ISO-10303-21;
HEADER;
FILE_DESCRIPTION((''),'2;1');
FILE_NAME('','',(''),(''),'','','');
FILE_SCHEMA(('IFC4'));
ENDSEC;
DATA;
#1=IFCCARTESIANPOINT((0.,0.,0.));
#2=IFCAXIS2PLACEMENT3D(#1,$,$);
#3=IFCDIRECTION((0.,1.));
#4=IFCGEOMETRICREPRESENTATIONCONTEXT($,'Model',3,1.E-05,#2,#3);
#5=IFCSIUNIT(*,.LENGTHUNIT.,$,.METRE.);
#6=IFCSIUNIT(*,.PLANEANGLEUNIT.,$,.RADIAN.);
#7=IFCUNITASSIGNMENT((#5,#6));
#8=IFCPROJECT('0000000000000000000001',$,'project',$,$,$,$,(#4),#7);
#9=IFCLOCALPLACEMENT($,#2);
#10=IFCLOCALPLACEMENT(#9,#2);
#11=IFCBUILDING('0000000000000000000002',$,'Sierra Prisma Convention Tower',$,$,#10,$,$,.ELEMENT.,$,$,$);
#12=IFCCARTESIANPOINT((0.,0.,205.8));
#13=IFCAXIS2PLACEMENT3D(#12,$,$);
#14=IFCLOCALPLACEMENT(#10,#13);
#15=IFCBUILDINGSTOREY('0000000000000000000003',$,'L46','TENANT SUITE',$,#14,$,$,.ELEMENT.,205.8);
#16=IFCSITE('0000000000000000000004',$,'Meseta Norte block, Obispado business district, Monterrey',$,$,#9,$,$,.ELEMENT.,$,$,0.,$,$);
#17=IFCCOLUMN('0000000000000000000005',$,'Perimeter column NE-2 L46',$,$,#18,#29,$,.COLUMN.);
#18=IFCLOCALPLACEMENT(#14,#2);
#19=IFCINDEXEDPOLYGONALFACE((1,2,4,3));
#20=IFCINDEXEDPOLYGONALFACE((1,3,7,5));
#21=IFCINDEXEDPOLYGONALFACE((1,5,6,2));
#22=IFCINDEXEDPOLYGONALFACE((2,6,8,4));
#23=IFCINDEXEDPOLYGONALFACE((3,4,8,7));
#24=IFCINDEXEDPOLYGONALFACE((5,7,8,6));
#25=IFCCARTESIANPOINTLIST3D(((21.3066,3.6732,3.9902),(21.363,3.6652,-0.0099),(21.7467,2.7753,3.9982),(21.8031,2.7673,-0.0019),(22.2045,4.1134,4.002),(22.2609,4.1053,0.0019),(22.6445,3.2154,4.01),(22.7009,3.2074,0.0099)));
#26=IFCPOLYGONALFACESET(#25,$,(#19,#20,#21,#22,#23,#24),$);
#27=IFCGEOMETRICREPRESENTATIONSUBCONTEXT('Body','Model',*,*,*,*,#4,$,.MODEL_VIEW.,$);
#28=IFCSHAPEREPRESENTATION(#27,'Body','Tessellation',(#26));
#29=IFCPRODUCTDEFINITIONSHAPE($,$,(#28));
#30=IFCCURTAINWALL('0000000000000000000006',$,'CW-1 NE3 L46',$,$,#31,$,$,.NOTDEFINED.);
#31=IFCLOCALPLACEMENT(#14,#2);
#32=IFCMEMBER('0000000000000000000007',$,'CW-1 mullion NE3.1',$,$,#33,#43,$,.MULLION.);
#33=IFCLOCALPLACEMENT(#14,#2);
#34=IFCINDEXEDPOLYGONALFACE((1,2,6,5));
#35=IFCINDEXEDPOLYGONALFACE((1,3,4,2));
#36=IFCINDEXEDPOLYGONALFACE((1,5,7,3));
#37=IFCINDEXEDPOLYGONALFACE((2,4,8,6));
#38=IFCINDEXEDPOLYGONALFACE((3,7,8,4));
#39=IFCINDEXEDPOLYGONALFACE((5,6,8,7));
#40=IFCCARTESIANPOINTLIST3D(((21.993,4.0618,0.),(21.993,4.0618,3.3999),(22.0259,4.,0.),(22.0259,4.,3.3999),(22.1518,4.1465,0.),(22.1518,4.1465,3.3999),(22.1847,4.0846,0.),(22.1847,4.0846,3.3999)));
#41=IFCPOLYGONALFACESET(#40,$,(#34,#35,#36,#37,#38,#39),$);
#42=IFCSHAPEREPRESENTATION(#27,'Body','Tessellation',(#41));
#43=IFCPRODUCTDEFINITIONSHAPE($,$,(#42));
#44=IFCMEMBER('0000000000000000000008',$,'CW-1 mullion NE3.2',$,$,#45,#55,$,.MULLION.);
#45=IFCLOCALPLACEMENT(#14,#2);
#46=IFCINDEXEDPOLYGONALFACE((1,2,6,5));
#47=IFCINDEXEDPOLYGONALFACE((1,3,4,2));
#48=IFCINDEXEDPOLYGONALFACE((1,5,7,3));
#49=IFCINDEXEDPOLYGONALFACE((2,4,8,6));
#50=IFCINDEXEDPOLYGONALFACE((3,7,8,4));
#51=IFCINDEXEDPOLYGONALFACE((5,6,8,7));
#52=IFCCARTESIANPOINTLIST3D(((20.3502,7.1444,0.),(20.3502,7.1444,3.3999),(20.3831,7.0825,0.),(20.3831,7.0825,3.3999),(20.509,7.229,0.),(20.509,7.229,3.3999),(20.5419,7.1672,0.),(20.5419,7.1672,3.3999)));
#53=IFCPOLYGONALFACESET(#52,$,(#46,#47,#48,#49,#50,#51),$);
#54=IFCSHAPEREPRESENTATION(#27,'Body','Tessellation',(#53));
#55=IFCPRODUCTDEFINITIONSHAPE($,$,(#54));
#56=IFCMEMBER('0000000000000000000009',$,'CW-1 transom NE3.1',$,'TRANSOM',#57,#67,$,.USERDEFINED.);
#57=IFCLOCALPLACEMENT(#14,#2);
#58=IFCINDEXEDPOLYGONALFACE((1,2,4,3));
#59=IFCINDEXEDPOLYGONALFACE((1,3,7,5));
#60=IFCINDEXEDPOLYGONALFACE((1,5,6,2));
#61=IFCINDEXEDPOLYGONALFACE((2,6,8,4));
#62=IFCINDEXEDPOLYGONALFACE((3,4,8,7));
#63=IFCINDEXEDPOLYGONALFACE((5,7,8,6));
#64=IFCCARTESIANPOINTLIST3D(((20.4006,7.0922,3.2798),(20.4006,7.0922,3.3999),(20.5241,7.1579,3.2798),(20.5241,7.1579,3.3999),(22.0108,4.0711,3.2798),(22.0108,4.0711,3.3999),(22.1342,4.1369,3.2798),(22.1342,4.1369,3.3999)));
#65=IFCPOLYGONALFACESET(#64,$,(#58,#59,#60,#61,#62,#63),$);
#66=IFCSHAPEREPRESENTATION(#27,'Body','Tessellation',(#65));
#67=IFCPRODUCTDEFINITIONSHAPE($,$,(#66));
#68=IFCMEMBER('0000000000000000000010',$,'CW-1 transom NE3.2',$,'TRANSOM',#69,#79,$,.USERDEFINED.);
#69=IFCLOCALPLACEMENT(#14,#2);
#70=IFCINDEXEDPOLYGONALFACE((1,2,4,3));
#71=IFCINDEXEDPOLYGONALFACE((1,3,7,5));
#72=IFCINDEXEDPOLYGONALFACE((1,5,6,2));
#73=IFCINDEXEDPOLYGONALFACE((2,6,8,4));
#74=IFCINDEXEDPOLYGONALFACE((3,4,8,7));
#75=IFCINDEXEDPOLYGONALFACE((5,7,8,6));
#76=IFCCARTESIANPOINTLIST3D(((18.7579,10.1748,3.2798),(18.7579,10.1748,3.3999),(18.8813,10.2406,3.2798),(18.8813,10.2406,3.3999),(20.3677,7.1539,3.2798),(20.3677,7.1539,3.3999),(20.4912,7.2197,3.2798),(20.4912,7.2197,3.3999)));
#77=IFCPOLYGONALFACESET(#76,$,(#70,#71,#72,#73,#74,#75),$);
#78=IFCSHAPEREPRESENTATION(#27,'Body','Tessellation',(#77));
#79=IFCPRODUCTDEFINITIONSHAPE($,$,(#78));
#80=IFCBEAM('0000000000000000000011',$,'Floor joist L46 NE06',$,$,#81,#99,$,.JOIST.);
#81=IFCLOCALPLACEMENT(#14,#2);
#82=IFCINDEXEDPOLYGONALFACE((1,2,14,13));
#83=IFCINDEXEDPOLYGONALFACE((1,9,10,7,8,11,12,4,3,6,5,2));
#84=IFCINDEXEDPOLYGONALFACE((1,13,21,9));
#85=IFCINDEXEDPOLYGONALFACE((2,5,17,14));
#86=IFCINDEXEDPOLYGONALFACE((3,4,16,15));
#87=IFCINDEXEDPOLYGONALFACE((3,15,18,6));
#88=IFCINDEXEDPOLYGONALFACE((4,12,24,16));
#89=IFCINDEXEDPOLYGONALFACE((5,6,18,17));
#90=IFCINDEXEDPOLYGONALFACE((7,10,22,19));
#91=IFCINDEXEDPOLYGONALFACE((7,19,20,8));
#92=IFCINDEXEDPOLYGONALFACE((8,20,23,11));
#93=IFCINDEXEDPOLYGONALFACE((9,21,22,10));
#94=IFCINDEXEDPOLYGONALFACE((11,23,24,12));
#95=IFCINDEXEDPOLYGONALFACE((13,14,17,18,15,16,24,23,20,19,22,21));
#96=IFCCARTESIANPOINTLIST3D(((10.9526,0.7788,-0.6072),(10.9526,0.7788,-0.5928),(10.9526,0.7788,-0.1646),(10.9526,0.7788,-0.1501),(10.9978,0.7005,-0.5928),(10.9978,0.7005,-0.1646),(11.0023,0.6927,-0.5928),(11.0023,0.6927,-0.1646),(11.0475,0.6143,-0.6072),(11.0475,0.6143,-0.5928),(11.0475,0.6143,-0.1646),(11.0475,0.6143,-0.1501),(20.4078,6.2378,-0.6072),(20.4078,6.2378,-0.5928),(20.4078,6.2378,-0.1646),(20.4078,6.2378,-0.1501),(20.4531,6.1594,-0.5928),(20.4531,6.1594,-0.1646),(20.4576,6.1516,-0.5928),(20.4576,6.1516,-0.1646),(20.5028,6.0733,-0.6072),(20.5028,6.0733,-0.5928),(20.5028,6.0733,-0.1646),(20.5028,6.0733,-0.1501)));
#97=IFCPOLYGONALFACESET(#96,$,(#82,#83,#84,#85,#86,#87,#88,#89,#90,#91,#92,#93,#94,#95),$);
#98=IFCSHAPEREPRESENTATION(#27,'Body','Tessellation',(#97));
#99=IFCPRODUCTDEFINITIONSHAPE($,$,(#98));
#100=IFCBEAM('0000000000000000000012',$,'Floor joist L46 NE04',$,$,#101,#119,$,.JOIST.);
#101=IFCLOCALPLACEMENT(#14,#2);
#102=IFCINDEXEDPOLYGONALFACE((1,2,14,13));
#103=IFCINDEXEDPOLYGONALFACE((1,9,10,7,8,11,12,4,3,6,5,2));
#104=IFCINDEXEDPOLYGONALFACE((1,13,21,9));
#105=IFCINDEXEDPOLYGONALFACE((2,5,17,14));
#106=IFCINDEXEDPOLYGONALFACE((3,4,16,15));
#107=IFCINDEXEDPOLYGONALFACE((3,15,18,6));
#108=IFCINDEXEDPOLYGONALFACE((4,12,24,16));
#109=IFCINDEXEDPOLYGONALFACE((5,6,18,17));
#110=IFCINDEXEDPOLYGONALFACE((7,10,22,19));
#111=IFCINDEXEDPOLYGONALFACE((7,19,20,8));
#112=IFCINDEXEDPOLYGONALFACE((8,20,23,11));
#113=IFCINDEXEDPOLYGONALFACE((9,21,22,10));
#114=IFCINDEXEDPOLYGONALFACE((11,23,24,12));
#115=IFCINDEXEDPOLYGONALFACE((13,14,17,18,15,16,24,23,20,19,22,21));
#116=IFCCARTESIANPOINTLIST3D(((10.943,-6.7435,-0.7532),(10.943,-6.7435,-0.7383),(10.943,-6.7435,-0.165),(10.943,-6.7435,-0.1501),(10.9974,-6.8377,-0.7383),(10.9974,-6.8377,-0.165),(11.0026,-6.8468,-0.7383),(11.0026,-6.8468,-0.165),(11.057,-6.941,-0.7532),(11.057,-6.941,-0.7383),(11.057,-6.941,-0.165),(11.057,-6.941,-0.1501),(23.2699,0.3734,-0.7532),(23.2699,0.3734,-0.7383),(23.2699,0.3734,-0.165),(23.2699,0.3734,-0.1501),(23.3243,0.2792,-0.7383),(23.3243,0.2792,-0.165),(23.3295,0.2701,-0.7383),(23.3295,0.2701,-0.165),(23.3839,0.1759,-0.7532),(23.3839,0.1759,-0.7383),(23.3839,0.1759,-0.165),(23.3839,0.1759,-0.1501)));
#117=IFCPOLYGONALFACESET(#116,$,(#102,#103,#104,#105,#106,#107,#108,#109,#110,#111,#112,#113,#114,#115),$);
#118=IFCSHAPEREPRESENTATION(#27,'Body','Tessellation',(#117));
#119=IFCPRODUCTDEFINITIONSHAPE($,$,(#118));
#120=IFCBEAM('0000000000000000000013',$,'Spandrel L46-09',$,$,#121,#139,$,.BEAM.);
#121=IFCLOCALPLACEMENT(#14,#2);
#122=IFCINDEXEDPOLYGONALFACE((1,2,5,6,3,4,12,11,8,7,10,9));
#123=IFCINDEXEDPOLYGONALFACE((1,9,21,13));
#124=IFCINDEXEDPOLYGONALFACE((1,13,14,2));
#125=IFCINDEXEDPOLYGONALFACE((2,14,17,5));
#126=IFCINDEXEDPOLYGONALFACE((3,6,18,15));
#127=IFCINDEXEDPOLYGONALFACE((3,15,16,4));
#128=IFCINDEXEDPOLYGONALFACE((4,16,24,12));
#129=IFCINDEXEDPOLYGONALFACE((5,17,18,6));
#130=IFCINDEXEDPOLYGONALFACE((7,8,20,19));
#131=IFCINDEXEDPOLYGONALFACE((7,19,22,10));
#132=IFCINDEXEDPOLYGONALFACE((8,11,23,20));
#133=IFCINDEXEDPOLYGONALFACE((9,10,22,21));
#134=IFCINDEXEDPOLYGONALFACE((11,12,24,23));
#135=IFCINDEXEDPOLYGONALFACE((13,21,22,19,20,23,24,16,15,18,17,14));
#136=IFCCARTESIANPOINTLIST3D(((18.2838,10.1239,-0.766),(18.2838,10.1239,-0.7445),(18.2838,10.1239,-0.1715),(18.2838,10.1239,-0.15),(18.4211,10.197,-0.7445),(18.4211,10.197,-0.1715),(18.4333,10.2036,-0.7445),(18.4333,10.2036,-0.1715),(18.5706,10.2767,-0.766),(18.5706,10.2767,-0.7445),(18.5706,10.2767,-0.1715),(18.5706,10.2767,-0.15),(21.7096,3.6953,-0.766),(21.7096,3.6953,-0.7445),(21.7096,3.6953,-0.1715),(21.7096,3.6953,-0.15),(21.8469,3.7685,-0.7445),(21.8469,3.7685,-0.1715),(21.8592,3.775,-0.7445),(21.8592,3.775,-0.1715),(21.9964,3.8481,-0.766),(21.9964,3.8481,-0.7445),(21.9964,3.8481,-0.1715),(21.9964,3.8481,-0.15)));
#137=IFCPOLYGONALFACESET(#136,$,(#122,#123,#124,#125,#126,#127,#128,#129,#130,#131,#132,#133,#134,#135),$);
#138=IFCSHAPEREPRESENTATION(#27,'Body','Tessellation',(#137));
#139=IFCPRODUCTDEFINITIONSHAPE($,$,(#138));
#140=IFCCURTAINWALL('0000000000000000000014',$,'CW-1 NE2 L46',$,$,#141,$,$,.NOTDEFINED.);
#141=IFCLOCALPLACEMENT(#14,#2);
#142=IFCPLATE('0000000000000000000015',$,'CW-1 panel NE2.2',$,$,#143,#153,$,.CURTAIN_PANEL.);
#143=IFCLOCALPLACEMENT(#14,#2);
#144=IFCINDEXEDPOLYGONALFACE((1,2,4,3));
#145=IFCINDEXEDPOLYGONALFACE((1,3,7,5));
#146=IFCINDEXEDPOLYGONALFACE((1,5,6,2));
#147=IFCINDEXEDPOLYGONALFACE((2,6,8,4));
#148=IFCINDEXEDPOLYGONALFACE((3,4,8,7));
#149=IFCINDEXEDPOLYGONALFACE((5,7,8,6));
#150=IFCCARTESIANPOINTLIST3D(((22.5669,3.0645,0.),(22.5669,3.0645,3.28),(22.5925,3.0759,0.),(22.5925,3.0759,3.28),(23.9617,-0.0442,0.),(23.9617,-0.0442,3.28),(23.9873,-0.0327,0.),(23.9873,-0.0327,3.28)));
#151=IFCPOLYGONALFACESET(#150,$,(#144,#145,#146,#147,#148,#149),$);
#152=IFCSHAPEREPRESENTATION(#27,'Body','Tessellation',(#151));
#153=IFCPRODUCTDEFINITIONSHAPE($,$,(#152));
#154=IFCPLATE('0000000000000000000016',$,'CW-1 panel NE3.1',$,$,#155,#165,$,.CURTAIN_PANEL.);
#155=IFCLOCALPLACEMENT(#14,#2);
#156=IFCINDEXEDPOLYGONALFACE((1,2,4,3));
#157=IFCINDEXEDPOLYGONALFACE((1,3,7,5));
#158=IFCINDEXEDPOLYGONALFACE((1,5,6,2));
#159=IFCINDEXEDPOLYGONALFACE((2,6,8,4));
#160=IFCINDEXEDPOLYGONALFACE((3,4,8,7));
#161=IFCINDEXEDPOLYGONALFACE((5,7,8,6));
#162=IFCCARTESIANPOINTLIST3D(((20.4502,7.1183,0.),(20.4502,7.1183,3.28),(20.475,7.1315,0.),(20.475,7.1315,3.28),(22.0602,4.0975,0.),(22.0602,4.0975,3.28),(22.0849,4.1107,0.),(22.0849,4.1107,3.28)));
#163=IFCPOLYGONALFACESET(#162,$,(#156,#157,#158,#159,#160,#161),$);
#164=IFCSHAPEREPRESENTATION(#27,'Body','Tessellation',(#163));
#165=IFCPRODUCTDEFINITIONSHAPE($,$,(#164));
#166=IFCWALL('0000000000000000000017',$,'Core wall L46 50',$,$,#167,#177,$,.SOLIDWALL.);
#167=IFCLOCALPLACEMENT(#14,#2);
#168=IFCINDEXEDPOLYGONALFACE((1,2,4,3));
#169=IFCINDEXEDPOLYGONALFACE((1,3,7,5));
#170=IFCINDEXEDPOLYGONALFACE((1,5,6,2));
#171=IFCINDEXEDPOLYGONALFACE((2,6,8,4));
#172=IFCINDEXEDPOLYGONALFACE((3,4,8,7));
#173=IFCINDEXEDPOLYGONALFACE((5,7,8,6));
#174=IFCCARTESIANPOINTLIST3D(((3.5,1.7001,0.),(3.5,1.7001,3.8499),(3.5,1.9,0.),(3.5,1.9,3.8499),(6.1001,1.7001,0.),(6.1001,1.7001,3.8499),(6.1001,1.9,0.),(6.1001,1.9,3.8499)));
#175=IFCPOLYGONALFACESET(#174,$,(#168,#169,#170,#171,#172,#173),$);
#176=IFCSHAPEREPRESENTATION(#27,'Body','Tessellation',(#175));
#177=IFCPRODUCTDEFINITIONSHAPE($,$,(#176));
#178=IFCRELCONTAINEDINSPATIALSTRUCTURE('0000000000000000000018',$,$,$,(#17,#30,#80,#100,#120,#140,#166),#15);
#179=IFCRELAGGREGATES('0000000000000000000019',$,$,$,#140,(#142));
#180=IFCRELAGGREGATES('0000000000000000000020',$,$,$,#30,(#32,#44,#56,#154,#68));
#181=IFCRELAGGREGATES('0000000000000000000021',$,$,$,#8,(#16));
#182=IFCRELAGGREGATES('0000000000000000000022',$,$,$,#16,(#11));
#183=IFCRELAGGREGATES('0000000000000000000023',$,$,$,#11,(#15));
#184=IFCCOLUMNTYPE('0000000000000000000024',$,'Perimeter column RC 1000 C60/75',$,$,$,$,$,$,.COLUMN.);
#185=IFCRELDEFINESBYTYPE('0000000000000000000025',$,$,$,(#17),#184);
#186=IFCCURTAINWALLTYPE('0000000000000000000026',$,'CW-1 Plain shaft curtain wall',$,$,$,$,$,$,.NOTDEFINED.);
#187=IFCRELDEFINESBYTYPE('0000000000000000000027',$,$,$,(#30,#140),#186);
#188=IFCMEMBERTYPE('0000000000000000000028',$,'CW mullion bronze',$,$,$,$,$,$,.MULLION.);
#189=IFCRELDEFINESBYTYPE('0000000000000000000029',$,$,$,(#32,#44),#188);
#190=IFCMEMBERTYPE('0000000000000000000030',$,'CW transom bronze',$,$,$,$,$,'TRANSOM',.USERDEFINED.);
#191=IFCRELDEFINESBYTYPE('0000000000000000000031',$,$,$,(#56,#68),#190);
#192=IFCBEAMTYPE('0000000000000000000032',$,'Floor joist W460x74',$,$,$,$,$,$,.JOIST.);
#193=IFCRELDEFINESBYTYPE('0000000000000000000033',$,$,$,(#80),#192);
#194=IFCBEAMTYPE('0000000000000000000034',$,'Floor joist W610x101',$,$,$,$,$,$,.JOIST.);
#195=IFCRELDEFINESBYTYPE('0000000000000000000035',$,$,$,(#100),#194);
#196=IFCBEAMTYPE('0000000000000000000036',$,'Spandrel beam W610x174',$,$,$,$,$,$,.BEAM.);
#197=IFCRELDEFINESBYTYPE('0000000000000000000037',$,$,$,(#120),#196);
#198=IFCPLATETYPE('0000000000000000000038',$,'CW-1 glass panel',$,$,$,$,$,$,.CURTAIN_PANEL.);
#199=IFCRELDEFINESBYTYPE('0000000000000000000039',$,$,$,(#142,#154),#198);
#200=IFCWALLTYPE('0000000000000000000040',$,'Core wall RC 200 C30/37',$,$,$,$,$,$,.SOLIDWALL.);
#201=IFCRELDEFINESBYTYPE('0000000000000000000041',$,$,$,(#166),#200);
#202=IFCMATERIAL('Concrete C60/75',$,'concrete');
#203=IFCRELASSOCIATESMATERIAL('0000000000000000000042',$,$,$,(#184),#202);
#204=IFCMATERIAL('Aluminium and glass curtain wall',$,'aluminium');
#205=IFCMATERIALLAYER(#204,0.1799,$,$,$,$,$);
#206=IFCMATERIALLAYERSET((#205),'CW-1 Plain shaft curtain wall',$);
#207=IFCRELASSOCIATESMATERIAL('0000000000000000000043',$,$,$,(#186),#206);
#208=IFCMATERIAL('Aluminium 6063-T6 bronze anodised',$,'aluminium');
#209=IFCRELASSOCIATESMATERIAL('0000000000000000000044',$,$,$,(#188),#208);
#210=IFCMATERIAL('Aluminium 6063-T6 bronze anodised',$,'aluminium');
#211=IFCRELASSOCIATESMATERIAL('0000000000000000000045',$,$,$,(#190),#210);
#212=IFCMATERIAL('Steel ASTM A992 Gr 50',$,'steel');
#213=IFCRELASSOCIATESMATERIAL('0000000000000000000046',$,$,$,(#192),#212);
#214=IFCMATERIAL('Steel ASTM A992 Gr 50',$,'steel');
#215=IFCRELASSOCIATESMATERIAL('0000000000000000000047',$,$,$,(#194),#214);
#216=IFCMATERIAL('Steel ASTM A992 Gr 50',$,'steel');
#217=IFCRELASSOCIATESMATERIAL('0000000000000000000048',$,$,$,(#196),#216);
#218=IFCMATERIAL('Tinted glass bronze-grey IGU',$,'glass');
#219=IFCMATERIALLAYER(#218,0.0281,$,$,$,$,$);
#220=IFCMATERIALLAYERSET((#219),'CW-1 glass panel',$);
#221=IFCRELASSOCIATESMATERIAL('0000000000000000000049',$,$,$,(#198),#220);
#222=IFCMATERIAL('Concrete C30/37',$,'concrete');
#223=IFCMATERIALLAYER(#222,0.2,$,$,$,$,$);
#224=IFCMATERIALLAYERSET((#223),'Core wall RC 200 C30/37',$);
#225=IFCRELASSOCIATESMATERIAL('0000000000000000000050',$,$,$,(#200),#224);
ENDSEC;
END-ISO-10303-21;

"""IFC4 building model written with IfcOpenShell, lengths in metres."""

from ifc_helpers import new_model, si_unit, direction, frame, frame_2d, origin, origin_2d, place, context, subcontext, project, spatial, rectangle, i_section, extrude, material, layer, layer_set, material_profile, profile_set, type_object, element, aggregate, save


model = new_model("IFC4")

# Units and contexts
model_context = context("Model", 3, precision=1e-05, world=origin(), true_north=direction((0.0, 1.0)))
body_context = subcontext(model_context, "Body", "Model", "MODEL_VIEW")
ifc_project = project(units=[si_unit("LENGTHUNIT", "METRE"), si_unit("PLANEANGLEUNIT", "RADIAN")], contexts=[model_context])

# Site, building, storey
site_placement = place(None, origin())
site = spatial("IfcSite", under=ifc_project, at=site_placement, Name="Meseta Norte block, Obispado business district, Monterrey", CompositionType="ELEMENT", RefElevation=0.0)
building_placement = place(site_placement, origin())
building = spatial("IfcBuilding", under=site, at=building_placement, Name="Sierra Prisma Convention Tower", CompositionType="ELEMENT")
storey_placement = place(building_placement, frame((0.0, 0.0, 205.8)))
storey = spatial("IfcBuildingStorey", under=building, at=storey_placement, Name="L46", Description="TENANT SUITE", CompositionType="ELEMENT", Elevation=205.8)

# Column
ifc_material_1 = material(Name="Concrete C60/75", Category="concrete")
ifc_material_profile_1 = material_profile(ifc_material_1, rectangle(XDim=1.0, YDim=1.0, at=origin_2d()), Name="Perimeter column RC 1000 C60/75")
ifc_profile_set_1 = profile_set([ifc_material_profile_1], Name="Concrete C60/75")
column_type = type_object("IfcColumnType", Name="Perimeter column RC 1000 C60/75", PredefinedType="COLUMN", material=ifc_profile_set_1)
column_placement = place(storey_placement, frame((22.032, 3.4363, 0.0), z_axis=(-0.014098, 0.002014, 0.999899), x_axis=(-0.440047, 0.897939, -0.008013)))
element("IfcColumn", 1, at=column_placement, inside=storey, type_object=column_type, Name="Perimeter column NE-2 L46", PredefinedType="COLUMN", context=body_context, shape_type="SweptSolid", body=[
    extrude(rectangle(XDim=1.0, YDim=1.0, at=origin_2d()), origin(), (0.0, 0.0, 1.0), 4.0005),
])

# Curtain wall, members
ifc_material_2 = material(Name="Aluminium and glass curtain wall", Category="aluminium")
ifc_layer_1 = layer(ifc_material_2, 0.1799)
ifc_layer_set_1 = layer_set([ifc_layer_1], Name="CW-1 Plain shaft curtain wall")
curtain_wall_type = type_object("IfcCurtainWallType", Name="CW-1 Plain shaft curtain wall", PredefinedType="NOTDEFINED", material=ifc_layer_set_1)
curtain_wall_1_placement = place(storey_placement, origin())
curtain_wall_1 = element("IfcCurtainWall", 2, at=curtain_wall_1_placement, inside=storey, type_object=curtain_wall_type, Name="CW-1 NE3 L46", PredefinedType="NOTDEFINED")
ifc_material_3 = material(Name="Aluminium 6063-T6 bronze anodised", Category="aluminium")
ifc_material_profile_2 = material_profile(ifc_material_3, rectangle(XDim=0.1799, YDim=0.0701, at=origin_2d()), Name="ALU MULLION 70x180")
ifc_profile_set_2 = profile_set([ifc_material_profile_2], Name="Aluminium 6063-T6 bronze anodised")
member_type_1 = type_object("IfcMemberType", Name="CW mullion bronze", PredefinedType="MULLION", material=ifc_profile_set_2)
member_1_placement = place(storey_placement, frame((22.0889, 4.0732, 0.0), z_axis=(0.0, 0.0, 1.0), x_axis=(-0.882498, -0.470316, 0.0)))
member_1 = element("IfcMember", 3, at=member_1_placement, type_object=member_type_1, Name="CW-1 mullion NE3.1", PredefinedType="MULLION", context=body_context, shape_type="SweptSolid", body=[
    extrude(rectangle(XDim=0.1799, YDim=0.0701, at=origin_2d()), origin(), (0.0, 0.0, 1.0), 3.3999),
])
member_2_placement = place(storey_placement, frame((20.446, 7.1558, 0.0), z_axis=(0.0, 0.0, 1.0), x_axis=(-0.882498, -0.470316, 0.0)))
member_2 = element("IfcMember", 4, at=member_2_placement, type_object=member_type_1, Name="CW-1 mullion NE3.2", PredefinedType="MULLION", context=body_context, shape_type="SweptSolid", body=[
    extrude(rectangle(XDim=0.1799, YDim=0.0701, at=origin_2d()), origin(), (0.0, 0.0, 1.0), 3.3999),
])
ifc_material_4 = material(Name="Aluminium 6063-T6 bronze anodised", Category="aluminium")
ifc_material_profile_3 = material_profile(ifc_material_4, rectangle(XDim=0.1399, YDim=0.1201, at=origin_2d()), Name="ALU TRANSOM 120x140")
ifc_profile_set_3 = profile_set([ifc_material_profile_3], Name="Aluminium 6063-T6 bronze anodised")
member_type_2 = type_object("IfcMemberType", Name="CW transom bronze", ElementType="TRANSOM", PredefinedType="USERDEFINED", material=ifc_profile_set_3)
member_3_placement = place(storey_placement, frame((22.0725, 4.104, 3.3398), z_axis=(-0.47034, 0.882485, 0.0), x_axis=(-0.882485, -0.47034, 0.0)))
member_3 = element("IfcMember", 5, at=member_3_placement, type_object=member_type_2, Name="CW-1 transom NE3.1", ObjectType="TRANSOM", PredefinedType="USERDEFINED", context=body_context, shape_type="SweptSolid", body=[
    extrude(rectangle(XDim=0.1399, YDim=0.1201, at=origin_2d()), origin(), (0.0, 0.0, 1.0), 3.4233),
])
member_4_placement = place(storey_placement, frame((20.4294, 7.1868, 3.3398), z_axis=(-0.470285, 0.882515, 0.0), x_axis=(-0.882515, -0.470285, 0.0)))
member_4 = element("IfcMember", 6, at=member_4_placement, type_object=member_type_2, Name="CW-1 transom NE3.2", ObjectType="TRANSOM", PredefinedType="USERDEFINED", context=body_context, shape_type="SweptSolid", body=[
    extrude(rectangle(XDim=0.1399, YDim=0.1201, at=origin_2d()), origin(), (0.0, 0.0, 1.0), 3.4231),
])

# Beams
ifc_material_5 = material(Name="Steel ASTM A992 Gr 50", Category="steel")
ifc_material_profile_4 = material_profile(ifc_material_5, i_section(OverallWidth=0.1899, OverallDepth=0.457, WebThickness=0.009, FlangeThickness=0.0144, at=origin_2d()), Name="W460x74")
ifc_profile_set_4 = profile_set([ifc_material_profile_4], Name="Steel ASTM A992 Gr 50")
beam_type_1 = type_object("IfcBeamType", Name="Floor joist W460x74", PredefinedType="JOIST", material=ifc_profile_set_4)
beam_1_placement = place(storey_placement, frame((20.4553, 6.1555, -0.3787), z_axis=(-0.866027, -0.499997, 0.0), x_axis=(0.499997, -0.866027, 0.0)))
element("IfcBeam", 7, at=beam_1_placement, inside=storey, type_object=beam_type_1, Name="Floor joist L46 NE06", PredefinedType="JOIST", context=body_context, shape_type="SweptSolid", body=[
    extrude(i_section(OverallWidth=0.1899, OverallDepth=0.457, WebThickness=0.009, FlangeThickness=0.0144, at=origin_2d()), origin(), (0.0, 0.0, 1.0), 10.918),
])
ifc_material_6 = material(Name="Steel ASTM A992 Gr 50", Category="steel")
ifc_material_profile_5 = material_profile(ifc_material_6, i_section(OverallWidth=0.228, OverallDepth=0.603, WebThickness=0.0105, FlangeThickness=0.0149, at=origin_2d()), Name="W610x101")
ifc_profile_set_5 = profile_set([ifc_material_profile_5], Name="Steel ASTM A992 Gr 50")
beam_type_2 = type_object("IfcBeamType", Name="Floor joist W610x101", PredefinedType="JOIST", material=ifc_profile_set_5)
beam_2_placement = place(storey_placement, frame((23.3269, 0.2747, -0.4517), z_axis=(-0.866025, -0.5, 0.0), x_axis=(0.5, -0.866025, 0.0)))
element("IfcBeam", 8, at=beam_2_placement, inside=storey, type_object=beam_type_2, Name="Floor joist L46 NE04", PredefinedType="JOIST", context=body_context, shape_type="SweptSolid", body=[
    extrude(i_section(OverallWidth=0.228, OverallDepth=0.603, WebThickness=0.0105, FlangeThickness=0.0149, at=origin_2d()), origin(), (0.0, 0.0, 1.0), 14.2339),
])
ifc_material_7 = material(Name="Steel ASTM A992 Gr 50", Category="steel")
ifc_material_profile_6 = material_profile(ifc_material_7, i_section(OverallWidth=0.325, OverallDepth=0.616, WebThickness=0.0139, FlangeThickness=0.0215, at=origin_2d()), Name="W610x174")
ifc_profile_set_6 = profile_set([ifc_material_profile_6], Name="Steel ASTM A992 Gr 50")
beam_type_3 = type_object("IfcBeamType", Name="Spandrel beam W610x174", PredefinedType="BEAM", material=ifc_profile_set_6)
beam_3_placement = place(storey_placement, frame((21.853, 3.7717, -0.458), z_axis=(-0.470296, 0.882509, 0.0), x_axis=(-0.882509, -0.470296, 0.0)))
element("IfcBeam", 9, at=beam_3_placement, inside=storey, type_object=beam_type_3, Name="Spandrel L46-09", PredefinedType="BEAM", context=body_context, shape_type="SweptSolid", body=[
    extrude(i_section(OverallWidth=0.325, OverallDepth=0.616, WebThickness=0.0139, FlangeThickness=0.0215, at=origin_2d()), origin(), (0.0, 0.0, 1.0), 7.2844),
])

# Curtain wall, plate
curtain_wall_2_placement = place(storey_placement, origin())
curtain_wall_2 = element("IfcCurtainWall", 10, at=curtain_wall_2_placement, inside=storey, type_object=curtain_wall_type, Name="CW-1 NE2 L46", PredefinedType="NOTDEFINED")
ifc_material_8 = material(Name="Tinted glass bronze-grey IGU", Category="glass")
ifc_layer_2 = layer(ifc_material_8, 0.0281)
ifc_layer_set_2 = layer_set([ifc_layer_2], Name="CW-1 glass panel")
plate_type = type_object("IfcPlateType", Name="CW-1 glass panel", PredefinedType="CURTAIN_PANEL", material=ifc_layer_set_2)
plate_1_placement = place(storey_placement, frame((23.2771, 1.5159, 0.0), z_axis=(0.0, 0.0, 1.0), x_axis=(-0.409358, 0.912374, 0.0)))
plate_1 = element("IfcPlate", 11, at=plate_1_placement, type_object=plate_type, Name="CW-1 panel NE2.2", PredefinedType="CURTAIN_PANEL", context=body_context, shape_type="SweptSolid", body=[
    extrude(rectangle(XDim=3.4072, YDim=0.0281, at=origin_2d()), origin(), (0.0, 0.0, 1.0), 3.28),
])
aggregate(curtain_wall_2, [plate_1])

# Plate
plate_2_placement = place(storey_placement, frame((21.2676, 5.6145, 0.0), z_axis=(0.0, 0.0, 1.0), x_axis=(-0.470316, 0.882498, 0.0)))
plate_2 = element("IfcPlate", 12, at=plate_2_placement, type_object=plate_type, Name="CW-1 panel NE3.1", PredefinedType="CURTAIN_PANEL", context=body_context, shape_type="SweptSolid", body=[
    extrude(rectangle(XDim=3.4231, YDim=0.0281, at=origin_2d()), origin(), (0.0, 0.0, 1.0), 3.28),
])
aggregate(curtain_wall_1, [member_1, member_2, member_3, plate_2, member_4])

# Wall
ifc_material_9 = material(Name="Concrete C30/37", Category="concrete")
ifc_layer_3 = layer(ifc_material_9, 0.2)
ifc_layer_set_3 = layer_set([ifc_layer_3], Name="Core wall RC 200 C30/37")
wall_type_1 = type_object("IfcWallType", Name="Core wall RC 200 C30/37", PredefinedType="SOLIDWALL", material=ifc_layer_set_3)
wall_1_placement = place(storey_placement, frame((6.1001, 1.8, 0.0), z_axis=(0.0, 0.0, 1.0), x_axis=(-1.0, 0.0, 0.0)))
element("IfcWall", 13, at=wall_1_placement, inside=storey, type_object=wall_type_1, Name="Core wall L46 50", PredefinedType="SOLIDWALL", context=body_context, shape_type="SweptSolid", body=[
    extrude(rectangle(XDim=2.6001, YDim=0.2, at=frame_2d((1.3, 0.0))), origin(), (0.0, 0.0, 1.0), 3.8499),
])

save(model, "model.ifc")
